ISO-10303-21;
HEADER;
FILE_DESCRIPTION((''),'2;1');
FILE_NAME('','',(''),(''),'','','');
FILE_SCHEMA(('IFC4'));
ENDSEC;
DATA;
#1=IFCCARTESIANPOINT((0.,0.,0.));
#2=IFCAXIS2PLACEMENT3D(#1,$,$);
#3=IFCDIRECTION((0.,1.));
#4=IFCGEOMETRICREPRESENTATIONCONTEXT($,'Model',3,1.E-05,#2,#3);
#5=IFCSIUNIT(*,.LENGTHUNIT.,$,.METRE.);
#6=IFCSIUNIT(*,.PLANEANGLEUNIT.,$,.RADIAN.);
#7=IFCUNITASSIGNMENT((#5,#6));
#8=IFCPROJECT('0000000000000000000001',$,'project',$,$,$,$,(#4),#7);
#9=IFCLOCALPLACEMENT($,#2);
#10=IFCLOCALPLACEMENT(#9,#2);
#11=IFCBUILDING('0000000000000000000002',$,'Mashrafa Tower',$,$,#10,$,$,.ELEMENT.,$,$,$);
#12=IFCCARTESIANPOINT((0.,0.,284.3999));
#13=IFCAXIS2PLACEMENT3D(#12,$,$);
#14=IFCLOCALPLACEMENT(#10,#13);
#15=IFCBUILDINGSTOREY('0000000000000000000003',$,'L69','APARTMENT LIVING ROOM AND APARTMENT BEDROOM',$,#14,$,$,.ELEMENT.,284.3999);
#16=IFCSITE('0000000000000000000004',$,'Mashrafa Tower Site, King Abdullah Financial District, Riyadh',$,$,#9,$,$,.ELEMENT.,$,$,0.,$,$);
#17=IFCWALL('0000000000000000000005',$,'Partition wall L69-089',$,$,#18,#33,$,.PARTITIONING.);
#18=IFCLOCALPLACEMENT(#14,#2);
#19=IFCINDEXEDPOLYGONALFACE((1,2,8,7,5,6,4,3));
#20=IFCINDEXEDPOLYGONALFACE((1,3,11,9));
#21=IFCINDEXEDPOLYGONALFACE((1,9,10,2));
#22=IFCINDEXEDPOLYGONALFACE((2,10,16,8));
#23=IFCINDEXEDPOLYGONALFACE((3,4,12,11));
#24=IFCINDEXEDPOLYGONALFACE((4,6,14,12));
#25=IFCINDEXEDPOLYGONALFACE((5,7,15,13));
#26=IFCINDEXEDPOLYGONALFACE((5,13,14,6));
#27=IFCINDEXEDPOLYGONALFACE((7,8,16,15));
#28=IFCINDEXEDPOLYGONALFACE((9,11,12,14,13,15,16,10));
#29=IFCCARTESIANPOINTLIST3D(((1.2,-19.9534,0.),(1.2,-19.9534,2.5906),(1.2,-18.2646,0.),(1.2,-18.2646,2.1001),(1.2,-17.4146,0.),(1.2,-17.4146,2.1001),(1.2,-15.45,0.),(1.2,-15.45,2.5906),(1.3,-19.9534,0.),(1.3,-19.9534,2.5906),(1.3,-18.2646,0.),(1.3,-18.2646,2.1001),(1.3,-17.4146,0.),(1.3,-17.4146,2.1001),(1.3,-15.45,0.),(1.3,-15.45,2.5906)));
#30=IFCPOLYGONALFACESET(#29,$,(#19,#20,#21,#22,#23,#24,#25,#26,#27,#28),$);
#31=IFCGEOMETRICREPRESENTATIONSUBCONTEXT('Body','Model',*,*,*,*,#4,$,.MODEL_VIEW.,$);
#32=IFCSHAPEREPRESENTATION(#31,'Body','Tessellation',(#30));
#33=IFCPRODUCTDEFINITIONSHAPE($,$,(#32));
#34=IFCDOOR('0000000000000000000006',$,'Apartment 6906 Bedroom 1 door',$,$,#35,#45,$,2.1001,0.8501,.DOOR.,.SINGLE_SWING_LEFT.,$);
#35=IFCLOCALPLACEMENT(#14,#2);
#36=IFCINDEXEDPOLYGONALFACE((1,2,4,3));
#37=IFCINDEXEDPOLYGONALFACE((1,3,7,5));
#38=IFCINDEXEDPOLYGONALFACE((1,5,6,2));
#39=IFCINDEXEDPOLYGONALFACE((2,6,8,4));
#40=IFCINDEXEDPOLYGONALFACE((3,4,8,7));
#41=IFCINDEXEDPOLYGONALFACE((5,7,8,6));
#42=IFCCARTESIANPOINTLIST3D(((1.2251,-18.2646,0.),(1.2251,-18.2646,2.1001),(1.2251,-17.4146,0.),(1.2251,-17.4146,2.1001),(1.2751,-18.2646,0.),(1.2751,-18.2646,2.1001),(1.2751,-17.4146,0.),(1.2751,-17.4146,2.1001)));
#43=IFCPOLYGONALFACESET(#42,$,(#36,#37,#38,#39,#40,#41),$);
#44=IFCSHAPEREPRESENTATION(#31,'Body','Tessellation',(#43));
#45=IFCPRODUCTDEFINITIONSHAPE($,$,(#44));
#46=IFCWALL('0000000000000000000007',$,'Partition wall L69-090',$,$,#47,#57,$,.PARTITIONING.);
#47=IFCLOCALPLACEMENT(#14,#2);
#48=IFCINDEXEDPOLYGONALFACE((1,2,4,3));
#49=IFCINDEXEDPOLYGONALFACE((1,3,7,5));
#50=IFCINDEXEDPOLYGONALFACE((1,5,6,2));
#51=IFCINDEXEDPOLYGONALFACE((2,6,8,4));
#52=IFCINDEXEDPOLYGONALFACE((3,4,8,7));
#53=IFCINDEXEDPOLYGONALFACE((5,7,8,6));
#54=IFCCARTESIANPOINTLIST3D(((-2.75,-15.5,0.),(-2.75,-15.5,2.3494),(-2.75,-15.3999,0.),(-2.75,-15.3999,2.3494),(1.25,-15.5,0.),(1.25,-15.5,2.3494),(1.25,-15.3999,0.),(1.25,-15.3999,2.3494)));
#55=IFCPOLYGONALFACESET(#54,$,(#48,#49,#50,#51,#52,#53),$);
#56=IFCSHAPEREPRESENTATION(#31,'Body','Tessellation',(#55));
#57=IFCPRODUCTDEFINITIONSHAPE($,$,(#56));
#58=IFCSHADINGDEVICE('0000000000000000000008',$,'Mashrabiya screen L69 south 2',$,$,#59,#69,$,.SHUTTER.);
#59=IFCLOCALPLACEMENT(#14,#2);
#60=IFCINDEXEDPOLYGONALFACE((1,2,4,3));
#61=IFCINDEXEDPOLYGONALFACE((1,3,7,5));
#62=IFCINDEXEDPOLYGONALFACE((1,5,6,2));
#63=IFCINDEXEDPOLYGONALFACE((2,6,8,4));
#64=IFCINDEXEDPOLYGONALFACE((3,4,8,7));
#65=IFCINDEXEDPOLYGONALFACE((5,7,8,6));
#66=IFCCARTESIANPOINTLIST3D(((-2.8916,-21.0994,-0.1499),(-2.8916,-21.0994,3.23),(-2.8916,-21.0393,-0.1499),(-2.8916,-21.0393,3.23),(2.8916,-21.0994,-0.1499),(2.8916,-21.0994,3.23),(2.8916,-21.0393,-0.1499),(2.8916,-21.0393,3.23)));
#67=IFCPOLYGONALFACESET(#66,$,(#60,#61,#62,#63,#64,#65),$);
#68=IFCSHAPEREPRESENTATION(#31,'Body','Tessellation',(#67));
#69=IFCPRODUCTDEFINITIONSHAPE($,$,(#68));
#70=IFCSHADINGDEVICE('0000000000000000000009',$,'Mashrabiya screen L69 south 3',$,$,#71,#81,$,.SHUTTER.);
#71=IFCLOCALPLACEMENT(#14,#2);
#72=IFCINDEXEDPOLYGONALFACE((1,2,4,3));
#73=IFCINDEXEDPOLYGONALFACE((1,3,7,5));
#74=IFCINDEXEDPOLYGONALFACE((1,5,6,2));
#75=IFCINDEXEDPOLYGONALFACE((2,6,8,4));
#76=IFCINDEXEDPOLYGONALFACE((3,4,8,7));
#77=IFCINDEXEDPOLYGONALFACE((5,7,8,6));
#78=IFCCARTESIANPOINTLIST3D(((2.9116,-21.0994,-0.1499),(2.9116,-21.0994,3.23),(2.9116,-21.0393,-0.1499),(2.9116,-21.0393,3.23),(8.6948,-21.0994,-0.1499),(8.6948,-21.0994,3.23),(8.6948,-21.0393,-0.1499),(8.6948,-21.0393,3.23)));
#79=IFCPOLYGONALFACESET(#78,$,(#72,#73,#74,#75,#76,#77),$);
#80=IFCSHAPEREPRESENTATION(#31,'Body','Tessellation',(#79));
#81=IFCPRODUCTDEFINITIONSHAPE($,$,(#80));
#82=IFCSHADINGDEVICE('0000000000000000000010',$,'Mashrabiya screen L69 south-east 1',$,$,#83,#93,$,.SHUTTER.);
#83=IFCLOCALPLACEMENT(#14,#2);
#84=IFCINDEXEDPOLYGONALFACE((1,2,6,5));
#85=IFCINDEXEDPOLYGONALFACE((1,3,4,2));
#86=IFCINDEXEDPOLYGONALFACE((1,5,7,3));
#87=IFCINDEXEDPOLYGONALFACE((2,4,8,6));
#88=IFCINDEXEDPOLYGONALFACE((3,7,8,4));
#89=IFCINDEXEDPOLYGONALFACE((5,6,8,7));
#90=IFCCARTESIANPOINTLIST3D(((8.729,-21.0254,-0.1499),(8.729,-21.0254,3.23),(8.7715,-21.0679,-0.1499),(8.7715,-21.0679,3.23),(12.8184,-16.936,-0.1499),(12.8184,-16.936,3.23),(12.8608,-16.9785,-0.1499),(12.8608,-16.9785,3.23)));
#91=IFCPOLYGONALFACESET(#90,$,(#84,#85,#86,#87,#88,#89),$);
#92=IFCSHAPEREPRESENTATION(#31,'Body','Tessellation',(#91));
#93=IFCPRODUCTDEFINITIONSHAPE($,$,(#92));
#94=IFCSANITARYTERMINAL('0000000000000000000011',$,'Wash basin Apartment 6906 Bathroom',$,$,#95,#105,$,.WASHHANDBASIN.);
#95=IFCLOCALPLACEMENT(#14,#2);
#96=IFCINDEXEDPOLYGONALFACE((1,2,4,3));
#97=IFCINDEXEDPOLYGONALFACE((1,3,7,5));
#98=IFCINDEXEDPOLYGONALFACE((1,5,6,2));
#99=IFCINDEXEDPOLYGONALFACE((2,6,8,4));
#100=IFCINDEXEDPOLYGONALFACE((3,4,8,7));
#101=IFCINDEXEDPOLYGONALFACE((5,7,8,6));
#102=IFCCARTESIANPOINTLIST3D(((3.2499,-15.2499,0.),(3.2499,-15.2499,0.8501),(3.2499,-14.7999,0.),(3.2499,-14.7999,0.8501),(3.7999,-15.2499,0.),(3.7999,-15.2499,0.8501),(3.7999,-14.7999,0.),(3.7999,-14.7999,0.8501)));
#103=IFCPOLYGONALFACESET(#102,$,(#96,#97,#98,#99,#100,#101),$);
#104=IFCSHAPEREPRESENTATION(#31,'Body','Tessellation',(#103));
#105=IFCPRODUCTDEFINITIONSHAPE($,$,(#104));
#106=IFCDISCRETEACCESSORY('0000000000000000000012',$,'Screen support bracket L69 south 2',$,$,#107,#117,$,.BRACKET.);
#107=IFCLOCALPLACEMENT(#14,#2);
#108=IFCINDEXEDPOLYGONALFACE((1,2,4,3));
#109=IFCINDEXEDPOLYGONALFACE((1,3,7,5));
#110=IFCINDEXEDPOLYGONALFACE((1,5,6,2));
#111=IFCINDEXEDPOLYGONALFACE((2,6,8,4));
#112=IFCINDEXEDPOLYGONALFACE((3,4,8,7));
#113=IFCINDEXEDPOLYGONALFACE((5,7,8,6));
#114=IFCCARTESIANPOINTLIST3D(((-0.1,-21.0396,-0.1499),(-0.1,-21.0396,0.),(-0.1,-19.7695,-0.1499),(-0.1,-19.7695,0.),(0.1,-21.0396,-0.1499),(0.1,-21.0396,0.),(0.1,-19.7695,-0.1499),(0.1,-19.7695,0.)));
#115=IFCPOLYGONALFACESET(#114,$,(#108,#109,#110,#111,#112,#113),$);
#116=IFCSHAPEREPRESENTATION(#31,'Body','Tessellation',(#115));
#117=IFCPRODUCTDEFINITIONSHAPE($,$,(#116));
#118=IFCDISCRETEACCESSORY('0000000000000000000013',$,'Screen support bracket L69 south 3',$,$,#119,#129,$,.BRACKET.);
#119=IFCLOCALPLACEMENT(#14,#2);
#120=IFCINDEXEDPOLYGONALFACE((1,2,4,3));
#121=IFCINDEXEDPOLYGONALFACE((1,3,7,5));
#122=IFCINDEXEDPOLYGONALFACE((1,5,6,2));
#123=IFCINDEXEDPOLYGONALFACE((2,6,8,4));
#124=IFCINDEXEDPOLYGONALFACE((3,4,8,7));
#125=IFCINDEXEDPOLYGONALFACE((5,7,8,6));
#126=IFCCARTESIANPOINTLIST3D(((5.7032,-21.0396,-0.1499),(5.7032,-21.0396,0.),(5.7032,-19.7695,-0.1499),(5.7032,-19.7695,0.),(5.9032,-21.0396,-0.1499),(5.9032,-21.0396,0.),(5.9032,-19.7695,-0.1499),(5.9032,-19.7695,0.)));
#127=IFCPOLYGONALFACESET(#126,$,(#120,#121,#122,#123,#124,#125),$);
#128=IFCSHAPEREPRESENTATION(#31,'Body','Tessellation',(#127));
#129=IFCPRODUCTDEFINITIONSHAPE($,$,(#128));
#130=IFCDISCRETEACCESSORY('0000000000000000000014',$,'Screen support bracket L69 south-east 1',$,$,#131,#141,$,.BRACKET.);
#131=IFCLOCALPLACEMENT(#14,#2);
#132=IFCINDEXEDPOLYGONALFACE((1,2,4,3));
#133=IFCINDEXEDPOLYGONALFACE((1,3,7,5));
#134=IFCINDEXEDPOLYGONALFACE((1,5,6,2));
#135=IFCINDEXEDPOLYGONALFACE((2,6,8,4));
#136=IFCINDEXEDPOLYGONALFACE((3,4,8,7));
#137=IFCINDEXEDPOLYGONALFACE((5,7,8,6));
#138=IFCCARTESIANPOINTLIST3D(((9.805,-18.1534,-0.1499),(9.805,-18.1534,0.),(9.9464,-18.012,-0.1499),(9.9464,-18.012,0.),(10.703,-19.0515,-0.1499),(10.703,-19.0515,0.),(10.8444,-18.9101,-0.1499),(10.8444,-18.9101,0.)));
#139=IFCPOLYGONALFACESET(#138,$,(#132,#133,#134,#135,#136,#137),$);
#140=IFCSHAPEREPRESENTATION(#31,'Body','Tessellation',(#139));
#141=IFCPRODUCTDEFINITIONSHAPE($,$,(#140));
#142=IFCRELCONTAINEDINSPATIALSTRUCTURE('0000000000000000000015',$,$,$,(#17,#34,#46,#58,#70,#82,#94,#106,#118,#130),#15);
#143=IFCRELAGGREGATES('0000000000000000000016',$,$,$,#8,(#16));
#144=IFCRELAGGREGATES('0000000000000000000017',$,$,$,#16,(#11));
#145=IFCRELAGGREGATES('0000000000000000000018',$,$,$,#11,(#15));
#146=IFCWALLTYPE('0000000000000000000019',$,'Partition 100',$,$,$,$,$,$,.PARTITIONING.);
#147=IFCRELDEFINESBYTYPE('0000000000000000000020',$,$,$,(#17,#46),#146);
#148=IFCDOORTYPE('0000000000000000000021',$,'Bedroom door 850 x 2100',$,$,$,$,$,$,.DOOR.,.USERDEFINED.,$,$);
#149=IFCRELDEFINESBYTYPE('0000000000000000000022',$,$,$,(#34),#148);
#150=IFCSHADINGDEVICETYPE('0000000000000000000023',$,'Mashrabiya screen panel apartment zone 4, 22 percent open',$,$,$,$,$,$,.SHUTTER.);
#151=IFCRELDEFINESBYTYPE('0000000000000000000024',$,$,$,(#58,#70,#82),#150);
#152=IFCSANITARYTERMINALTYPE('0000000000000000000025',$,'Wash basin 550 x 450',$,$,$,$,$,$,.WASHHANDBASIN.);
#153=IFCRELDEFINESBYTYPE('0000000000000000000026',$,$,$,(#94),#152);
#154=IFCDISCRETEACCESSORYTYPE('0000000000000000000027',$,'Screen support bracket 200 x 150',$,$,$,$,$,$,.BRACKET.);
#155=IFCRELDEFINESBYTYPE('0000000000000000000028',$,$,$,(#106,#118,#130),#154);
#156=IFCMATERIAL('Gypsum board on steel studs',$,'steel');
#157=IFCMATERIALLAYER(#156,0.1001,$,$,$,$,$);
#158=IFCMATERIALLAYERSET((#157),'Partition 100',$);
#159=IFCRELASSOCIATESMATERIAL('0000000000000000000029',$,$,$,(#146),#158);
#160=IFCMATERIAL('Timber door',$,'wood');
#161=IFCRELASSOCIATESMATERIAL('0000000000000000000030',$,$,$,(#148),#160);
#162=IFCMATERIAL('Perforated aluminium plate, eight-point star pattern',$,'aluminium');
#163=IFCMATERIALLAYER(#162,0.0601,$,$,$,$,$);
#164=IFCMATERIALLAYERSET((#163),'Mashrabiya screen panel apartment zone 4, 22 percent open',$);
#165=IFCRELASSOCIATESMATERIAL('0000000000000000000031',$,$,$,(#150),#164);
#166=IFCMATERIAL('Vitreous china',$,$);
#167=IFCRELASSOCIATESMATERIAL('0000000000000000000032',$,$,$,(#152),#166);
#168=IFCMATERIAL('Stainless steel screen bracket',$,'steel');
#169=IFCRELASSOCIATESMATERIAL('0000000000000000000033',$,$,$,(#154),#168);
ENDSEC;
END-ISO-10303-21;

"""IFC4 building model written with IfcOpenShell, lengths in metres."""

from ifc_helpers import new_model, si_unit, direction, frame, frame_2d, origin, origin_2d, place, context, subcontext, project, spatial, rectangle, extrude, source, transform, mapped, material, layer, layer_set, type_object, type_shapes, element, fill, save


model = new_model("IFC4")

# Units and contexts
model_context = context("Model", 3, precision=1e-05, world=origin(), true_north=direction((0.0, 1.0)))
body_context = subcontext(model_context, "Body", "Model", "MODEL_VIEW")
ifc_project = project(units=[si_unit("LENGTHUNIT", "METRE"), si_unit("PLANEANGLEUNIT", "RADIAN")], contexts=[model_context])

# Site, building, storey
site_placement = place(None, origin())
site = spatial("IfcSite", under=ifc_project, at=site_placement, Name="Mashrafa Tower Site, King Abdullah Financial District, Riyadh", CompositionType="ELEMENT", RefElevation=0.0)
building_placement = place(site_placement, origin())
building = spatial("IfcBuilding", under=site, at=building_placement, Name="Mashrafa Tower", CompositionType="ELEMENT")
storey_placement = place(building_placement, frame((0.0, 0.0, 284.3999)))
storey = spatial("IfcBuildingStorey", under=building, at=storey_placement, Name="L69", Description="APARTMENT LIVING ROOM AND APARTMENT BEDROOM", CompositionType="ELEMENT", Elevation=284.3999)

# Shared definitions
ifc_material_1 = material(Name="Gypsum board on steel studs", Category="steel")
ifc_layer_1 = layer(ifc_material_1, 0.1001)
ifc_layer_set_1 = layer_set([ifc_layer_1], Name="Partition 100")
wall_type = type_object("IfcWallType", Name="Partition 100", PredefinedType="PARTITIONING", material=ifc_layer_set_1)

# Wall, opening, door
wall_1_placement = place(storey_placement, frame((1.25, -19.9534, 0.0), z_axis=(0.0, 0.0, 1.0), x_axis=(0.0, 1.0, 0.0)))
wall_1 = element("IfcWall", 1, at=wall_1_placement, inside=storey, type_object=wall_type, Name="Partition wall L69-089", PredefinedType="PARTITIONING", context=body_context, shape_type="SweptSolid", body=[
    extrude(rectangle(XDim=4.5034, YDim=0.1001, at=frame_2d((2.2517, 0.0))), origin(), (0.0, 0.0, 1.0), 2.5906),
])
opening_placement = place(wall_1_placement, frame((1.6887, 0.0, 0.0)))
opening = element("IfcOpeningElement", 2, at=opening_placement, cuts=wall_1, PredefinedType="OPENING", context=body_context, shape_type="SweptSolid", body=[
    extrude(rectangle(XDim=0.8501, YDim=2.1001, at=frame_2d((0.425, 1.05))), frame((0.0, 0.0601, 0.0), z_axis=(0.0, -1.0, 0.0), x_axis=(1.0, 0.0, 0.0)), (0.0, 0.0, 1.0), 0.1201),
])
ifc_material_2 = material(Name="Timber door", Category="wood")
door_type = type_object("IfcDoorType", Name="Bedroom door 850 x 2100", OperationType="USERDEFINED", PredefinedType="DOOR", material=ifc_material_2)
door_placement = place(opening_placement, origin())
door = element("IfcDoor", 3, at=door_placement, inside=storey, type_object=door_type, Name="Apartment 6906 Bedroom 1 door", OperationType="SINGLE_SWING_LEFT", OverallHeight=2.1001, OverallWidth=0.8501, PredefinedType="DOOR", context=body_context, shape_type="SweptSolid", body=[
    extrude(rectangle(XDim=0.8501, YDim=2.1001, at=frame_2d((0.425, 1.05))), frame((0.0, 0.0249, 0.0), z_axis=(0.0, -1.0, 0.0), x_axis=(1.0, 0.0, 0.0)), (0.0, 0.0, 1.0), 0.05),
])
fill(opening, door)

# Wall
wall_2_placement = place(storey_placement, frame((1.25, -15.45, 0.0), z_axis=(0.0, 0.0, 1.0), x_axis=(-1.0, 0.0, 0.0)))
element("IfcWall", 4, at=wall_2_placement, inside=storey, type_object=wall_type, Name="Partition wall L69-090", PredefinedType="PARTITIONING", context=body_context, shape_type="SweptSolid", body=[
    extrude(rectangle(XDim=4.0, YDim=0.1001, at=frame_2d((2.0, 0.0))), origin(), (0.0, 0.0, 1.0), 2.3494),
])

# Shading devices
ifc_material_3 = material(Name="Perforated aluminium plate, eight-point star pattern", Category="aluminium")
ifc_layer_2 = layer(ifc_material_3, 0.0601)
ifc_layer_set_2 = layer_set([ifc_layer_2], Name="Mashrabiya screen panel apartment zone 4, 22 percent open")
shading_device_type = type_object("IfcShadingDeviceType", Name="Mashrabiya screen panel apartment zone 4, 22 percent open", PredefinedType="SHUTTER", material=ifc_layer_set_2)
shared_shape_1 = source(origin(), body_context, "Body", "SweptSolid", [
    extrude(rectangle(XDim=5.7832, YDim=0.0601, at=origin_2d()), origin(), (0.0, 0.0, 1.0), 3.3799),
])
type_shapes(shading_device_type, [shared_shape_1])
for number, where, z_axis, x_axis, name in (
    (5, (0.0, -21.0693, -0.1499), (0.0, 0.0, 1.0), (1.0, 0.0, 0.0), "Mashrabiya screen L69 south 2"),
    (6, (5.8032, -21.0693, -0.1499), (0.0, 0.0, 1.0), (1.0, 0.0, 0.0), "Mashrabiya screen L69 south 3"),
    (7, (10.7949, -19.002, -0.1499), (0.0, 0.0, 1.0), (0.707107, 0.707107, 0.0), "Mashrabiya screen L69 south-east 1"),
):
    element("IfcShadingDevice", number, at=place(storey_placement, frame(where, z_axis=z_axis, x_axis=x_axis)), inside=storey, type_object=shading_device_type, Name=name, PredefinedType="SHUTTER", context=body_context, shape_type="MappedRepresentation", body=[
        mapped(shared_shape_1, transform((0.0, 0.0, 0.0))),
    ])

# Sanitary terminal
ifc_material_4 = material(Name="Vitreous china")
sanitary_terminal_type = type_object("IfcSanitaryTerminalType", Name="Wash basin 550 x 450", PredefinedType="WASHHANDBASIN", material=ifc_material_4)
sanitary_terminal_placement = place(storey_placement, frame((3.5249, -15.0249, 0.0), z_axis=(0.0, 0.0, 1.0), x_axis=(1.0, 0.0, 0.0)))
element("IfcSanitaryTerminal", 8, at=sanitary_terminal_placement, inside=storey, type_object=sanitary_terminal_type, Name="Wash basin Apartment 6906 Bathroom", PredefinedType="WASHHANDBASIN", context=body_context, shape_type="SweptSolid", body=[
    extrude(rectangle(XDim=0.55, YDim=0.45, at=origin_2d()), origin(), (0.0, 0.0, 1.0), 0.8501),
])

# Discrete accessories
ifc_material_5 = material(Name="Stainless steel screen bracket", Category="steel")
discrete_accessory_type = type_object("IfcDiscreteAccessoryType", Name="Screen support bracket 200 x 150", PredefinedType="BRACKET", material=ifc_material_5)
shared_shape_2 = source(origin(), body_context, "Body", "SweptSolid", [
    extrude(rectangle(XDim=0.2, YDim=1.27, at=origin_2d()), origin(), (0.0, 0.0, 1.0), 0.1499),
])
type_shapes(discrete_accessory_type, [shared_shape_2])
for number, where, z_axis, x_axis, name in (
    (9, (0.0, -20.4045, -0.1499), (0.0, 0.0, 1.0), (1.0, 0.0, 0.0), "Screen support bracket L69 south 2"),
    (10, (5.8032, -20.4045, -0.1499), (0.0, 0.0, 1.0), (1.0, 0.0, 0.0), "Screen support bracket L69 south 3"),
    (11, (10.3247, -18.5317, -0.1499), (0.0, 0.0, 1.0), (0.707107, 0.707107, 0.0), "Screen support bracket L69 south-east 1"),
):
    element("IfcDiscreteAccessory", number, at=place(storey_placement, frame(where, z_axis=z_axis, x_axis=x_axis)), inside=storey, type_object=discrete_accessory_type, Name=name, PredefinedType="BRACKET", context=body_context, shape_type="MappedRepresentation", body=[
        mapped(shared_shape_2, transform((0.0, 0.0, 0.0))),
    ])

save(model, "model.ifc")
